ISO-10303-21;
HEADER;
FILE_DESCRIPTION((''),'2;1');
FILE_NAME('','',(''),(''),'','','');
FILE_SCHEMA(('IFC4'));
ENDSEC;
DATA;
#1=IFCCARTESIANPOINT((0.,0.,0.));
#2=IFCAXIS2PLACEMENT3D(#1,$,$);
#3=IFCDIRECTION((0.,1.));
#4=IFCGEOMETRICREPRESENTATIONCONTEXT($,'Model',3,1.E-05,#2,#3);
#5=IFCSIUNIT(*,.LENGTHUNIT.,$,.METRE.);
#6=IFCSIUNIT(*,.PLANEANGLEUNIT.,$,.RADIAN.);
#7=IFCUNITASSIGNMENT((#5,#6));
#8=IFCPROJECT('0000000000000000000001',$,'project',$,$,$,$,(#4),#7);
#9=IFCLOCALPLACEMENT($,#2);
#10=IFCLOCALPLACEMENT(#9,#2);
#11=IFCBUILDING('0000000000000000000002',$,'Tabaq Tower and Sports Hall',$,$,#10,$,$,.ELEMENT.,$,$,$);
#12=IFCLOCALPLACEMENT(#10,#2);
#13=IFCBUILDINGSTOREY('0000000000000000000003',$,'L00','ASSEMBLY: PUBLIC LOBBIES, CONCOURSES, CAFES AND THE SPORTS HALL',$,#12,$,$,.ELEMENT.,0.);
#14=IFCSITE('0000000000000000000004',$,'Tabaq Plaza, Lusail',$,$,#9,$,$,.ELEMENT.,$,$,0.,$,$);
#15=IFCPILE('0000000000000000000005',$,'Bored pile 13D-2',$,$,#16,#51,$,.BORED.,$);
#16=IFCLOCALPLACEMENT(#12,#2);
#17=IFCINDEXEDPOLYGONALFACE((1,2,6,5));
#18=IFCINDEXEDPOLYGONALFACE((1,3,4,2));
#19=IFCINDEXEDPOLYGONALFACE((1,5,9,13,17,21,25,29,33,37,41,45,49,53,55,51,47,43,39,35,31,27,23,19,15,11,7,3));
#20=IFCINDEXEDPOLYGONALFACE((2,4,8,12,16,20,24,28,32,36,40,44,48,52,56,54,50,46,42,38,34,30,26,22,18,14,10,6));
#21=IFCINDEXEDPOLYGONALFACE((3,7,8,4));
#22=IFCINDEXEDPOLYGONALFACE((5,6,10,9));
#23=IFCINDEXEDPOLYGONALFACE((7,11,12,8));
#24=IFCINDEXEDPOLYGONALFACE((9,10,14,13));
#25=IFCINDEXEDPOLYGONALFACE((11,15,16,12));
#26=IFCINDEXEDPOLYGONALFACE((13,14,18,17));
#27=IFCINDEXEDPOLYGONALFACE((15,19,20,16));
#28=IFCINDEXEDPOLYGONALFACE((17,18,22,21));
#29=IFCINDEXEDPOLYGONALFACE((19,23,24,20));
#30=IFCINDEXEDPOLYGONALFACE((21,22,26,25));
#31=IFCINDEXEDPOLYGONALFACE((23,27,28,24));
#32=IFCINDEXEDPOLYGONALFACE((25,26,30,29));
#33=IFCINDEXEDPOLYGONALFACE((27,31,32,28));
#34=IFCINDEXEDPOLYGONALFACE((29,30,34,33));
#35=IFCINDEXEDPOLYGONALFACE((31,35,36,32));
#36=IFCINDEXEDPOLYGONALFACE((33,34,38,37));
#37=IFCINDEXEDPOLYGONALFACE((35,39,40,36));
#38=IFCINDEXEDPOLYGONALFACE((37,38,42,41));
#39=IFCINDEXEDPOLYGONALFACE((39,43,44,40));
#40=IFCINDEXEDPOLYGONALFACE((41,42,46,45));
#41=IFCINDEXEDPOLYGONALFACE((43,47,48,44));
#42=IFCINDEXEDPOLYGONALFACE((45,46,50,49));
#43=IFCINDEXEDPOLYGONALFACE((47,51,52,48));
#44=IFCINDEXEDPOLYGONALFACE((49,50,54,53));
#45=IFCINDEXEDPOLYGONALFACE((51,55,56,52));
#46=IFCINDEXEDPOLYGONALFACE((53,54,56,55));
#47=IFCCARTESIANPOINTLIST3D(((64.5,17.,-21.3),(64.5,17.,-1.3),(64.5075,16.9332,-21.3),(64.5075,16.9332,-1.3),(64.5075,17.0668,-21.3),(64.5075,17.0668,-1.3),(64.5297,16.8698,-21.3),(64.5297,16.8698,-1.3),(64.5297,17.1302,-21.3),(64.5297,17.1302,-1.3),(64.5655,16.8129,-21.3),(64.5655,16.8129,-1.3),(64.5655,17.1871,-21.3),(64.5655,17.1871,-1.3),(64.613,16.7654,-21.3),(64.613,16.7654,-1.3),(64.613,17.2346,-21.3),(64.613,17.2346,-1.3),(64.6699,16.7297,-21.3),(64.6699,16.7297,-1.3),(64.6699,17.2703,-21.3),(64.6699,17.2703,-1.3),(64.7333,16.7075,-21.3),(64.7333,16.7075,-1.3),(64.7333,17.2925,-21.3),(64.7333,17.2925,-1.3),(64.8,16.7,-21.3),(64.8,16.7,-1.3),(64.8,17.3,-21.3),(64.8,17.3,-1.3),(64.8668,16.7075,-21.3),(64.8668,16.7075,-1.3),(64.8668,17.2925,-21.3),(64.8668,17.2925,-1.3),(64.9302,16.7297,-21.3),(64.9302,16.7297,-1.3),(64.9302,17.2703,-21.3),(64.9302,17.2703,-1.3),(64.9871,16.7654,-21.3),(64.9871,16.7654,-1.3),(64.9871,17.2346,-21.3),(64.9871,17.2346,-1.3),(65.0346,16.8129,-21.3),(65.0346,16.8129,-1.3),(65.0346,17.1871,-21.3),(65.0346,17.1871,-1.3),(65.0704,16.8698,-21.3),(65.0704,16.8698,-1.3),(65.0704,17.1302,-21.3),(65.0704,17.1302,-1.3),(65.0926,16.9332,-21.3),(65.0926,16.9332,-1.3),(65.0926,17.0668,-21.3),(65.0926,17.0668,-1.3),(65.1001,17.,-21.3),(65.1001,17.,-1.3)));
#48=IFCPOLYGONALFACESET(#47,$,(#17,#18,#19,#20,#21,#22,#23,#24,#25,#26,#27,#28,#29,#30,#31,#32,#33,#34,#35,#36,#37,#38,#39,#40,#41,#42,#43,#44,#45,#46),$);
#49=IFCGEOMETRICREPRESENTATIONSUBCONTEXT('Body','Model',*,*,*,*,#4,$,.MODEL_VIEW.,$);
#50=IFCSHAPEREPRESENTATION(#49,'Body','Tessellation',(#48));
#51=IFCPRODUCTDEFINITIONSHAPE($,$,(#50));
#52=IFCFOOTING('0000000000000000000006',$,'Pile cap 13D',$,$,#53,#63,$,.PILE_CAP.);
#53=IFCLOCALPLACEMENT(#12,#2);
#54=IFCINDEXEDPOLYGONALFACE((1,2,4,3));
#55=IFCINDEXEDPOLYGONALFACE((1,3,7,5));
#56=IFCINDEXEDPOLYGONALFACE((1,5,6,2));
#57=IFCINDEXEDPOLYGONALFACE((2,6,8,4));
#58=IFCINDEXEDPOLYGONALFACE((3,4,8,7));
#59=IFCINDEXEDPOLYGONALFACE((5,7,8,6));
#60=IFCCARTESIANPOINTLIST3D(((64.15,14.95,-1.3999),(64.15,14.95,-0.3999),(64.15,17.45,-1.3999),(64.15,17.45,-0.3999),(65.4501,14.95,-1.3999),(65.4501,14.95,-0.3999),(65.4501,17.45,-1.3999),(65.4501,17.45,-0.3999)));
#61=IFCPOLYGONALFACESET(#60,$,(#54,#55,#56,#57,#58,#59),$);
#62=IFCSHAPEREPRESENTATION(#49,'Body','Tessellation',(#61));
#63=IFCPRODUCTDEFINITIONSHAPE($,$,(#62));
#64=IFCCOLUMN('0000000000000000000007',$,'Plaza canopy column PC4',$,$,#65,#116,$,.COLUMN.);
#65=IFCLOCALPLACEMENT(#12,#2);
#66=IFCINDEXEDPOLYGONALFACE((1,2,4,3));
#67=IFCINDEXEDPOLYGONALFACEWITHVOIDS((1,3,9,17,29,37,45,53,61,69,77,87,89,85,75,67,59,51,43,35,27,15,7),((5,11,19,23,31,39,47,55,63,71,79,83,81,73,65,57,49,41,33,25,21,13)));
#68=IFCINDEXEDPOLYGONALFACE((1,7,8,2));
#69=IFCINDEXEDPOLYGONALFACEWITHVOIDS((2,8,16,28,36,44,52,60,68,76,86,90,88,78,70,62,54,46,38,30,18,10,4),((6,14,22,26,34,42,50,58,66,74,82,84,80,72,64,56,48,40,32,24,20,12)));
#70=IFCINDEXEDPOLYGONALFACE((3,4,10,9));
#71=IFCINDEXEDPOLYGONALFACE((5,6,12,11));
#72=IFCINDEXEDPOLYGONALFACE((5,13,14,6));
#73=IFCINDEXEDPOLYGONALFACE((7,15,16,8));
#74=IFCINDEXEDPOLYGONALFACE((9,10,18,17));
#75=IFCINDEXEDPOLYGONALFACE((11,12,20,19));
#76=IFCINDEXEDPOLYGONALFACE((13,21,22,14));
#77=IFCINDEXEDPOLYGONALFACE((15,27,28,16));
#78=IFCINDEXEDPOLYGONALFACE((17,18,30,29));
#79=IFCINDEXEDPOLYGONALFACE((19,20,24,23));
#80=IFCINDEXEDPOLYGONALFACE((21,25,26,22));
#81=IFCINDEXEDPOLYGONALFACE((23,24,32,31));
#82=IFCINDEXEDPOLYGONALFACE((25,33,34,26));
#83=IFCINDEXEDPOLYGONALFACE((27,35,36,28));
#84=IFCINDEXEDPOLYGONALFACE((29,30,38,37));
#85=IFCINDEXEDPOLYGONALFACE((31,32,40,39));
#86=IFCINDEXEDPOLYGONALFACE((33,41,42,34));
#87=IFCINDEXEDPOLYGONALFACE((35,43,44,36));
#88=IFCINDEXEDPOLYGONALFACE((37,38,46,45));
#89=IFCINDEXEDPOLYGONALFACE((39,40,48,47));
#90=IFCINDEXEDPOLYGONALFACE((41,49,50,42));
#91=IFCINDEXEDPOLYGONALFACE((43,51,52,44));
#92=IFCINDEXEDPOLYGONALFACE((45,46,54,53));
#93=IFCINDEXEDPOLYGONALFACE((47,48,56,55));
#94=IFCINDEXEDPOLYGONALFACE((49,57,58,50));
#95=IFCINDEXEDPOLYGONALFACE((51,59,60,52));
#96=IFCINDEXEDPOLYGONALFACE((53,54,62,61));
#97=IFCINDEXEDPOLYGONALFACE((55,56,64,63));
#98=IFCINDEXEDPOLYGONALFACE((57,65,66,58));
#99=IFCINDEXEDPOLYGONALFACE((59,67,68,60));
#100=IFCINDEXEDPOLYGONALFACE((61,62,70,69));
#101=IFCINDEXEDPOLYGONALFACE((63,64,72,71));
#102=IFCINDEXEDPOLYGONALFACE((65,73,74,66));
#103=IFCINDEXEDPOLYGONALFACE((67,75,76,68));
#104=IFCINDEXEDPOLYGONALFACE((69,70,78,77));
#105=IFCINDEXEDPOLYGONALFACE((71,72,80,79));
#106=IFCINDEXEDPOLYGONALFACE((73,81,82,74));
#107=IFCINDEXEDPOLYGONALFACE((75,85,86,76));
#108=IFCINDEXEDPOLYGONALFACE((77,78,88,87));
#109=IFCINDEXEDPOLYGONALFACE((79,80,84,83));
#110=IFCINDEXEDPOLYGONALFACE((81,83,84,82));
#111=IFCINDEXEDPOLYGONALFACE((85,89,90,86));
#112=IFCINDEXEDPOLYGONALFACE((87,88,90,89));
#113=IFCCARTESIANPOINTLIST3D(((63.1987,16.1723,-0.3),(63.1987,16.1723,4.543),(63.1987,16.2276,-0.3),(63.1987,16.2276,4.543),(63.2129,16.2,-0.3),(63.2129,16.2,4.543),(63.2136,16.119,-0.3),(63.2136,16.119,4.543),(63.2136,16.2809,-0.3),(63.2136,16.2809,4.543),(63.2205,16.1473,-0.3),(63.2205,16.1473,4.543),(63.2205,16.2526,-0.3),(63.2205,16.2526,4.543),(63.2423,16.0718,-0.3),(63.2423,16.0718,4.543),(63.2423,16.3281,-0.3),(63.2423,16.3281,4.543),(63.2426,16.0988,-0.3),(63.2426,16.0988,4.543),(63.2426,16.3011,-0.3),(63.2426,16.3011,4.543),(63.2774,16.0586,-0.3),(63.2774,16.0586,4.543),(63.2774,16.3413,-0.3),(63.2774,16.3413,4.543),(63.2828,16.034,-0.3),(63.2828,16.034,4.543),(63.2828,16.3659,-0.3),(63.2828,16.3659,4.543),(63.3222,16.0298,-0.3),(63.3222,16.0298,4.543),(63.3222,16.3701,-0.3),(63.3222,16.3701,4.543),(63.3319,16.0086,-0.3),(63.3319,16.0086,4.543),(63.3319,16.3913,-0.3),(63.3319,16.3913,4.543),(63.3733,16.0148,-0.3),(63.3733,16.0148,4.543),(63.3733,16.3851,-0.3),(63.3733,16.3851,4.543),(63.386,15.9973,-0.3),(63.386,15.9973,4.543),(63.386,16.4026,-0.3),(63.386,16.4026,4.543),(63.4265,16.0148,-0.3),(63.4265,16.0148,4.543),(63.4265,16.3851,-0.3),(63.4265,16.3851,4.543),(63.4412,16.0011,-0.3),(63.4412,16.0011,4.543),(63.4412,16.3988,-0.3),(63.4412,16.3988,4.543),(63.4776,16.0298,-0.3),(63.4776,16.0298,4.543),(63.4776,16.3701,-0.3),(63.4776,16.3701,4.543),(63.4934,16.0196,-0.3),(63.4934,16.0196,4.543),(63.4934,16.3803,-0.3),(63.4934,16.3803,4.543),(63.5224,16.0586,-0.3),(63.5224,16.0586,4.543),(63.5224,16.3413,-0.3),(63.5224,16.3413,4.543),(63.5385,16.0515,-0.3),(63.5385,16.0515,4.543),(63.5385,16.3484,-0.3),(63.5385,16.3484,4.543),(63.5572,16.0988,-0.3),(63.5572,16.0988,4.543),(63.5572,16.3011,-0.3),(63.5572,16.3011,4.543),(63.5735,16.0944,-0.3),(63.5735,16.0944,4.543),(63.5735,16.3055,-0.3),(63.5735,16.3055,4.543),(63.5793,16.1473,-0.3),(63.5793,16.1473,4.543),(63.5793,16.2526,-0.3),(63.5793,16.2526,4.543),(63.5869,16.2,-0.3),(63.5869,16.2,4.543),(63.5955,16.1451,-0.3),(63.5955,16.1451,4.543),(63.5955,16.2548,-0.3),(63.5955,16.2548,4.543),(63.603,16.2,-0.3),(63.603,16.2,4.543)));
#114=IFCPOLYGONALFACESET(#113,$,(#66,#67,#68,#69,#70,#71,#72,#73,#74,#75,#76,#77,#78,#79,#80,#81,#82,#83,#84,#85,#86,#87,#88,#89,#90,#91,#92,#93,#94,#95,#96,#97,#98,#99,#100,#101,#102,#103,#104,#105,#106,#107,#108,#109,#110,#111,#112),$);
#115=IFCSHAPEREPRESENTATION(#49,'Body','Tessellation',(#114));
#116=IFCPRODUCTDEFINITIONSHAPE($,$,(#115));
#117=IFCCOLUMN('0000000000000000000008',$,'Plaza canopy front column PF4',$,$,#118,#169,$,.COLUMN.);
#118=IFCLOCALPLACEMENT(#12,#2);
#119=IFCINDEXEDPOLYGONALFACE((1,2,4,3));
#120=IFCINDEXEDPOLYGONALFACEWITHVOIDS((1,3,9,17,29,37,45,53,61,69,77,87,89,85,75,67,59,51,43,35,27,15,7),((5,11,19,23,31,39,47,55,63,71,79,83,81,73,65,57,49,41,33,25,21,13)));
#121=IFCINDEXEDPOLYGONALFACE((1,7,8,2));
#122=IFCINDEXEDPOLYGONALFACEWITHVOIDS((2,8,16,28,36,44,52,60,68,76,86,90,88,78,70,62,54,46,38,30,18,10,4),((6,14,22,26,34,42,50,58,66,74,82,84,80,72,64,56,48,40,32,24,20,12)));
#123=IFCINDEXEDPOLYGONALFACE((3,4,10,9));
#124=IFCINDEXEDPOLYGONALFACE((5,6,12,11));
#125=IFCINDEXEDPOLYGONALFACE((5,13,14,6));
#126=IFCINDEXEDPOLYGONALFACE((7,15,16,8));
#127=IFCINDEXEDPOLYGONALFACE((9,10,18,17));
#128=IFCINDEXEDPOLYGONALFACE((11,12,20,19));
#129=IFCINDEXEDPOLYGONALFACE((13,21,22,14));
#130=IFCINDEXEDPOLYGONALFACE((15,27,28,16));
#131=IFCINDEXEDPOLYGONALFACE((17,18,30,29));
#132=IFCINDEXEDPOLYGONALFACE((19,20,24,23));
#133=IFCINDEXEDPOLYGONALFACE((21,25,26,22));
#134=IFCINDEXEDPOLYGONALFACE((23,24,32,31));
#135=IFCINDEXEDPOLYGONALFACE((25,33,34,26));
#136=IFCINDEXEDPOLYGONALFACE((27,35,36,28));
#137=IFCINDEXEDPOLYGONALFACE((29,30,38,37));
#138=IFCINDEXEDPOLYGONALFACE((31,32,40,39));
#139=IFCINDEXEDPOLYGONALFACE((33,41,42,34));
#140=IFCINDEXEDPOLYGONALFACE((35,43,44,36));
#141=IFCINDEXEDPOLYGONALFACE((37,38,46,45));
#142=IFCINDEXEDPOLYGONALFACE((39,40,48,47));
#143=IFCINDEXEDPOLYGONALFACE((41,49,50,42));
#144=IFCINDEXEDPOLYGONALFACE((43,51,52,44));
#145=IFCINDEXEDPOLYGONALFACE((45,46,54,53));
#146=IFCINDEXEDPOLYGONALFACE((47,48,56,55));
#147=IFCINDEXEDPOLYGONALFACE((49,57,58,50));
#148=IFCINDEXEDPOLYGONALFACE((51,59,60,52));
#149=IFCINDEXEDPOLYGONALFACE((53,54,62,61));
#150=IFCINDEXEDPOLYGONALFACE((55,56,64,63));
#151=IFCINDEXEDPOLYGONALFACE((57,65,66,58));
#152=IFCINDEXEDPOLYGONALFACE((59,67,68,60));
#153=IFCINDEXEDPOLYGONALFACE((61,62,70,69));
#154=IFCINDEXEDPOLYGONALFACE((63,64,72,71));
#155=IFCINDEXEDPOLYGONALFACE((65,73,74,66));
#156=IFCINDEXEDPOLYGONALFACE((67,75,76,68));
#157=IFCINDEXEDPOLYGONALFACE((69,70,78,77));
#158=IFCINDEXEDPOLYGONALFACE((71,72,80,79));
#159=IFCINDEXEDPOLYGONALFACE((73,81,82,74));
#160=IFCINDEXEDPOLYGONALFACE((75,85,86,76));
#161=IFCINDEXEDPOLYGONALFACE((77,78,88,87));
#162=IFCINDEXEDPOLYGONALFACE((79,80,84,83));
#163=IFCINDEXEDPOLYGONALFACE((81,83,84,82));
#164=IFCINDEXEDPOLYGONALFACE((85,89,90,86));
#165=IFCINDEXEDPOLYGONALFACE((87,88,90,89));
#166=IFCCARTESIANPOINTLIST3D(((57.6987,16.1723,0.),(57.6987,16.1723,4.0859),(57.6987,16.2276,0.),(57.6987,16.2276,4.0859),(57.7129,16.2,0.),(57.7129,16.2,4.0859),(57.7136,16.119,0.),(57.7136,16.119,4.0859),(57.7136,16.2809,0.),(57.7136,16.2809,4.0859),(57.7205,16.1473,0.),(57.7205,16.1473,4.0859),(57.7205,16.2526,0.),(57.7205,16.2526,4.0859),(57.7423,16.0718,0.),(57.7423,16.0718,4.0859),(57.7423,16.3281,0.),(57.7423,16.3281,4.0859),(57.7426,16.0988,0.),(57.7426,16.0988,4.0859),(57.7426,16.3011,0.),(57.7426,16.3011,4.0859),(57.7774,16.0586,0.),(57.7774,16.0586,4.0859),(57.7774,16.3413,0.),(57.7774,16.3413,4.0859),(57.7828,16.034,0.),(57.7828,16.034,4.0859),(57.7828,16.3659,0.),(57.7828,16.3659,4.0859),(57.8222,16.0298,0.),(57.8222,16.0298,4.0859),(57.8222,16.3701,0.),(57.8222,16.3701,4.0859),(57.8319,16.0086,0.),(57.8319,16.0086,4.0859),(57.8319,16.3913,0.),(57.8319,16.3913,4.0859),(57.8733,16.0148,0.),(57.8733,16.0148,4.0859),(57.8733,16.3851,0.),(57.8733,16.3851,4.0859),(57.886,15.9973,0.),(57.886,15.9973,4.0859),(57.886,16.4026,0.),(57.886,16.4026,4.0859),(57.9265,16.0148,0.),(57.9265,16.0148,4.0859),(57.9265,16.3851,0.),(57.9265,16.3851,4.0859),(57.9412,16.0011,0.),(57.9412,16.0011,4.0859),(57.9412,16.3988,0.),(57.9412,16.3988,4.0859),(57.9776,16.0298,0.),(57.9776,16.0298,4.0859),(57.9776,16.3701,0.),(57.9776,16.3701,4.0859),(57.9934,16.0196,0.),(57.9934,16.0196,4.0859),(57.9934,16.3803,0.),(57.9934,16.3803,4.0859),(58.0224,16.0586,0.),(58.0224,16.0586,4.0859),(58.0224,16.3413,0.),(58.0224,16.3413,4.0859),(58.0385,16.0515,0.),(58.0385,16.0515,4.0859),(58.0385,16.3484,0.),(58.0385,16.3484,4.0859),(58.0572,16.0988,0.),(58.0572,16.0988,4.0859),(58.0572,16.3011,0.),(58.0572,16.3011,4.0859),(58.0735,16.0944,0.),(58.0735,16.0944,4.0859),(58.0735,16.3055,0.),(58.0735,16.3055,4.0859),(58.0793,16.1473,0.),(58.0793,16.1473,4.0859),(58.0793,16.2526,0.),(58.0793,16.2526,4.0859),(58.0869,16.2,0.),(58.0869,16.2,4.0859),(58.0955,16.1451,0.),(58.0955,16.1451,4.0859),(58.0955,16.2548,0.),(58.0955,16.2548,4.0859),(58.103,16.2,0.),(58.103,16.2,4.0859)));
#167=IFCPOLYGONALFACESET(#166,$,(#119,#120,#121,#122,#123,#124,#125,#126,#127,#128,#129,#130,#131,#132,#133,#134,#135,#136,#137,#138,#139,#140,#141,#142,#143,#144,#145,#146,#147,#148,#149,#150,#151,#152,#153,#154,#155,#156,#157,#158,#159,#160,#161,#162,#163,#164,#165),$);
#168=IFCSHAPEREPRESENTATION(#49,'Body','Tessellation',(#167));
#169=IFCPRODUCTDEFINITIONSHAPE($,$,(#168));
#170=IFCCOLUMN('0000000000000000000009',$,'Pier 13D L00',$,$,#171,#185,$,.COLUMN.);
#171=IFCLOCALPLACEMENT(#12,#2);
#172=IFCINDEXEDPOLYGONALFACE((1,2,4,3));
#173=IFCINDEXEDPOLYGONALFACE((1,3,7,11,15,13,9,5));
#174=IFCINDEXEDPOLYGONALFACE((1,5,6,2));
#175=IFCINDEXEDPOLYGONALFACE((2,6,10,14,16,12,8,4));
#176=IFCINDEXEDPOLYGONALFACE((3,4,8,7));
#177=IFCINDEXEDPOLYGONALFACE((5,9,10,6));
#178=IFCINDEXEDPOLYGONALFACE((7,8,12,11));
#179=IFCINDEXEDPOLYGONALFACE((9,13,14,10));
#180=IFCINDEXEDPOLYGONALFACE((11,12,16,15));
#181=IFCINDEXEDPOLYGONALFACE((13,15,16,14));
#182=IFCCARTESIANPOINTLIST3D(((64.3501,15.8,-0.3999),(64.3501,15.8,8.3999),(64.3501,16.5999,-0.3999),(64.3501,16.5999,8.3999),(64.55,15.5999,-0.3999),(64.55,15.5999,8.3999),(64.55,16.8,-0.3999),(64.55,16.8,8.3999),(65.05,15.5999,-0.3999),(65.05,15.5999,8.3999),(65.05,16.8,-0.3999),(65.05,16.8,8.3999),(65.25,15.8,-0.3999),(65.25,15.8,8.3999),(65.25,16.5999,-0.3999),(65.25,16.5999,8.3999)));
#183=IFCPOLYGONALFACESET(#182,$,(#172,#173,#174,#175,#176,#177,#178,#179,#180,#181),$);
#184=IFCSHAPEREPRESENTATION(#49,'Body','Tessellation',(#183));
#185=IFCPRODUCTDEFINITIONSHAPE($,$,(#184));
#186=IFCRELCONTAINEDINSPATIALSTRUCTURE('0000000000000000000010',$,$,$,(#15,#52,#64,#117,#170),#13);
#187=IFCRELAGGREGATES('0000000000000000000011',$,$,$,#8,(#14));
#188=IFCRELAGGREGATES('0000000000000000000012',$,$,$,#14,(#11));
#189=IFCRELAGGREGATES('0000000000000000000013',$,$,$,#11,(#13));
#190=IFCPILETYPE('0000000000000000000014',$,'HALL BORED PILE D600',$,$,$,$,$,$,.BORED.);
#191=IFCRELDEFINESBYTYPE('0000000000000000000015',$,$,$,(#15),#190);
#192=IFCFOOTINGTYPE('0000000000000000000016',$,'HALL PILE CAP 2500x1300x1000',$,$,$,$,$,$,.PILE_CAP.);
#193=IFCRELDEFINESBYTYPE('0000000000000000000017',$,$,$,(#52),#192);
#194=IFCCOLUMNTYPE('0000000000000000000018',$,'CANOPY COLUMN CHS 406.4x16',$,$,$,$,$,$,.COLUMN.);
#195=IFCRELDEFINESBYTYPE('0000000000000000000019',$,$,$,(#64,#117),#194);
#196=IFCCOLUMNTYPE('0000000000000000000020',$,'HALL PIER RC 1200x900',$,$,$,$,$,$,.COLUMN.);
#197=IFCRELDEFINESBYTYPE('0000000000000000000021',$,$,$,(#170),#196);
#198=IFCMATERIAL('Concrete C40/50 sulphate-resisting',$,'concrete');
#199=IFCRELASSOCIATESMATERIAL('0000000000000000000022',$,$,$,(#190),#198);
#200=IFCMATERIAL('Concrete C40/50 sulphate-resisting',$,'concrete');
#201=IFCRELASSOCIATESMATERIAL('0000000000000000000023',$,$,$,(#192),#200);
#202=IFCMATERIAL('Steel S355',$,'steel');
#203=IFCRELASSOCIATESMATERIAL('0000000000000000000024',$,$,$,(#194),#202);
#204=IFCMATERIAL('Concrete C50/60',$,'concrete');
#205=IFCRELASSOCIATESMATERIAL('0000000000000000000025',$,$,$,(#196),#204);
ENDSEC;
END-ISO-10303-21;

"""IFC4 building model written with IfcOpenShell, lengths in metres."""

from ifc_helpers import new_model, si_unit, direction, frame, origin, origin_2d, place, context, subcontext, project, spatial, polyline, rectangle, circle, hollow_circle, outline, extrude, material, material_profile, profile_set, type_object, element, save


model = new_model("IFC4")

# Units and contexts
model_context = context("Model", 3, precision=1e-05, world=origin(), true_north=direction((0.0, 1.0)))
body_context = subcontext(model_context, "Body", "Model", "MODEL_VIEW")
ifc_project = project(units=[si_unit("LENGTHUNIT", "METRE"), si_unit("PLANEANGLEUNIT", "RADIAN")], contexts=[model_context])

# Site, building, storey
site_placement = place(None, origin())
site = spatial("IfcSite", under=ifc_project, at=site_placement, Name="Tabaq Plaza, Lusail", CompositionType="ELEMENT", RefElevation=0.0)
building_placement = place(site_placement, origin())
building = spatial("IfcBuilding", under=site, at=building_placement, Name="Tabaq Tower and Sports Hall", CompositionType="ELEMENT")
storey_placement = place(building_placement, origin())
storey = spatial("IfcBuildingStorey", under=building, at=storey_placement, Name="L00", Description="ASSEMBLY: PUBLIC LOBBIES, CONCOURSES, CAFES AND THE SPORTS HALL", CompositionType="ELEMENT", Elevation=0.0)

# Pile
ifc_material_1 = material(Name="Concrete C40/50 sulphate-resisting", Category="concrete")
ifc_material_profile_1 = material_profile(ifc_material_1, circle(Radius=0.3, at=origin_2d()), Name="D600")
ifc_profile_set_1 = profile_set([ifc_material_profile_1], Name="Concrete C40/50 sulphate-resisting")
pile_type_1 = type_object("IfcPileType", Name="HALL BORED PILE D600", PredefinedType="BORED", material=ifc_profile_set_1)
for number, where, z_axis, x_axis, name in (
    (1, (64.8, 17.0, -1.3), (0.0, 0.0, -1.0), (1.0, 0.0, 0.0), "Bored pile 13D-2"),
):
    element("IfcPile", number, at=place(storey_placement, frame(where, z_axis=z_axis, x_axis=x_axis)), inside=storey, type_object=pile_type_1, Name=name, PredefinedType="BORED", context=body_context, shape_type="SweptSolid", body=[
        extrude(circle(Radius=0.3, at=origin_2d()), origin(), (0.0, 0.0, 1.0), 20.0),
    ])

# Footing
ifc_material_2 = material(Name="Concrete C40/50 sulphate-resisting", Category="concrete")
footing_type_1 = type_object("IfcFootingType", Name="HALL PILE CAP 2500x1300x1000", PredefinedType="PILE_CAP", material=ifc_material_2)
footing_1_placement = place(storey_placement, frame((64.8, 16.2, -1.3999), z_axis=(0.0, 0.0, 1.0), x_axis=(0.0, 1.0, 0.0)))
element("IfcFooting", 2, at=footing_1_placement, inside=storey, type_object=footing_type_1, Name="Pile cap 13D", PredefinedType="PILE_CAP", context=body_context, shape_type="SweptSolid", body=[
    extrude(rectangle(XDim=2.5, YDim=1.3, at=origin_2d()), origin(), (0.0, 0.0, 1.0), 1.0),
])

# Columns
ifc_material_3 = material(Name="Steel S355", Category="steel")
ifc_material_profile_2 = material_profile(ifc_material_3, hollow_circle(Radius=0.2031, WallThickness=0.0161, at=origin_2d()), Name="CHS 406.4x16")
ifc_profile_set_2 = profile_set([ifc_material_profile_2], Name="Steel S355")
column_type_1 = type_object("IfcColumnType", Name="CANOPY COLUMN CHS 406.4x16", PredefinedType="COLUMN", material=ifc_profile_set_2)
column_1_placement = place(storey_placement, frame((63.3999, 16.2, -0.3), z_axis=(0.0, 0.0, 1.0), x_axis=(1.0, 0.0, 0.0)))
element("IfcColumn", 3, at=column_1_placement, inside=storey, type_object=column_type_1, Name="Plaza canopy column PC4", PredefinedType="COLUMN", context=body_context, shape_type="SweptSolid", body=[
    extrude(hollow_circle(Radius=0.2031, WallThickness=0.0161, at=origin_2d()), origin(), (0.0, 0.0, 1.0), 4.843),
])
column_2_placement = place(storey_placement, frame((57.8999, 16.2, 0.0), z_axis=(0.0, 0.0, 1.0), x_axis=(1.0, 0.0, 0.0)))
element("IfcColumn", 4, at=column_2_placement, inside=storey, type_object=column_type_1, Name="Plaza canopy front column PF4", PredefinedType="COLUMN", context=body_context, shape_type="SweptSolid", body=[
    extrude(hollow_circle(Radius=0.2031, WallThickness=0.0161, at=origin_2d()), origin(), (0.0, 0.0, 1.0), 4.0859),
])
ifc_material_4 = material(Name="Concrete C50/60", Category="concrete")
ifc_material_profile_3 = material_profile(ifc_material_4, outline(polyline([(-0.3999, -0.45), (0.3999, -0.45), (0.6001, -0.25), (0.6001, 0.25), (0.3999, 0.45), (-0.3999, 0.45), (-0.6001, 0.25), (-0.6001, -0.25), (-0.3999, -0.45)])), Name="PIER 1200x900")
ifc_profile_set_3 = profile_set([ifc_material_profile_3], Name="Concrete C50/60")
column_type_2 = type_object("IfcColumnType", Name="HALL PIER RC 1200x900", PredefinedType="COLUMN", material=ifc_profile_set_3)
column_3_placement = place(storey_placement, frame((64.8, 16.2, -0.3999), z_axis=(0.0, 0.0, 1.0), x_axis=(0.0, 1.0, 0.0)))
element("IfcColumn", 5, at=column_3_placement, inside=storey, type_object=column_type_2, Name="Pier 13D L00", PredefinedType="COLUMN", context=body_context, shape_type="SweptSolid", body=[
    extrude(outline(polyline([(-0.3999, -0.45), (0.3999, -0.45), (0.6001, -0.25), (0.6001, 0.25), (0.3999, 0.45), (-0.3999, 0.45), (-0.6001, 0.25), (-0.6001, -0.25), (-0.3999, -0.45)])), origin(), (0.0, 0.0, 1.0), 8.7998),
])

save(model, "model.ifc")
